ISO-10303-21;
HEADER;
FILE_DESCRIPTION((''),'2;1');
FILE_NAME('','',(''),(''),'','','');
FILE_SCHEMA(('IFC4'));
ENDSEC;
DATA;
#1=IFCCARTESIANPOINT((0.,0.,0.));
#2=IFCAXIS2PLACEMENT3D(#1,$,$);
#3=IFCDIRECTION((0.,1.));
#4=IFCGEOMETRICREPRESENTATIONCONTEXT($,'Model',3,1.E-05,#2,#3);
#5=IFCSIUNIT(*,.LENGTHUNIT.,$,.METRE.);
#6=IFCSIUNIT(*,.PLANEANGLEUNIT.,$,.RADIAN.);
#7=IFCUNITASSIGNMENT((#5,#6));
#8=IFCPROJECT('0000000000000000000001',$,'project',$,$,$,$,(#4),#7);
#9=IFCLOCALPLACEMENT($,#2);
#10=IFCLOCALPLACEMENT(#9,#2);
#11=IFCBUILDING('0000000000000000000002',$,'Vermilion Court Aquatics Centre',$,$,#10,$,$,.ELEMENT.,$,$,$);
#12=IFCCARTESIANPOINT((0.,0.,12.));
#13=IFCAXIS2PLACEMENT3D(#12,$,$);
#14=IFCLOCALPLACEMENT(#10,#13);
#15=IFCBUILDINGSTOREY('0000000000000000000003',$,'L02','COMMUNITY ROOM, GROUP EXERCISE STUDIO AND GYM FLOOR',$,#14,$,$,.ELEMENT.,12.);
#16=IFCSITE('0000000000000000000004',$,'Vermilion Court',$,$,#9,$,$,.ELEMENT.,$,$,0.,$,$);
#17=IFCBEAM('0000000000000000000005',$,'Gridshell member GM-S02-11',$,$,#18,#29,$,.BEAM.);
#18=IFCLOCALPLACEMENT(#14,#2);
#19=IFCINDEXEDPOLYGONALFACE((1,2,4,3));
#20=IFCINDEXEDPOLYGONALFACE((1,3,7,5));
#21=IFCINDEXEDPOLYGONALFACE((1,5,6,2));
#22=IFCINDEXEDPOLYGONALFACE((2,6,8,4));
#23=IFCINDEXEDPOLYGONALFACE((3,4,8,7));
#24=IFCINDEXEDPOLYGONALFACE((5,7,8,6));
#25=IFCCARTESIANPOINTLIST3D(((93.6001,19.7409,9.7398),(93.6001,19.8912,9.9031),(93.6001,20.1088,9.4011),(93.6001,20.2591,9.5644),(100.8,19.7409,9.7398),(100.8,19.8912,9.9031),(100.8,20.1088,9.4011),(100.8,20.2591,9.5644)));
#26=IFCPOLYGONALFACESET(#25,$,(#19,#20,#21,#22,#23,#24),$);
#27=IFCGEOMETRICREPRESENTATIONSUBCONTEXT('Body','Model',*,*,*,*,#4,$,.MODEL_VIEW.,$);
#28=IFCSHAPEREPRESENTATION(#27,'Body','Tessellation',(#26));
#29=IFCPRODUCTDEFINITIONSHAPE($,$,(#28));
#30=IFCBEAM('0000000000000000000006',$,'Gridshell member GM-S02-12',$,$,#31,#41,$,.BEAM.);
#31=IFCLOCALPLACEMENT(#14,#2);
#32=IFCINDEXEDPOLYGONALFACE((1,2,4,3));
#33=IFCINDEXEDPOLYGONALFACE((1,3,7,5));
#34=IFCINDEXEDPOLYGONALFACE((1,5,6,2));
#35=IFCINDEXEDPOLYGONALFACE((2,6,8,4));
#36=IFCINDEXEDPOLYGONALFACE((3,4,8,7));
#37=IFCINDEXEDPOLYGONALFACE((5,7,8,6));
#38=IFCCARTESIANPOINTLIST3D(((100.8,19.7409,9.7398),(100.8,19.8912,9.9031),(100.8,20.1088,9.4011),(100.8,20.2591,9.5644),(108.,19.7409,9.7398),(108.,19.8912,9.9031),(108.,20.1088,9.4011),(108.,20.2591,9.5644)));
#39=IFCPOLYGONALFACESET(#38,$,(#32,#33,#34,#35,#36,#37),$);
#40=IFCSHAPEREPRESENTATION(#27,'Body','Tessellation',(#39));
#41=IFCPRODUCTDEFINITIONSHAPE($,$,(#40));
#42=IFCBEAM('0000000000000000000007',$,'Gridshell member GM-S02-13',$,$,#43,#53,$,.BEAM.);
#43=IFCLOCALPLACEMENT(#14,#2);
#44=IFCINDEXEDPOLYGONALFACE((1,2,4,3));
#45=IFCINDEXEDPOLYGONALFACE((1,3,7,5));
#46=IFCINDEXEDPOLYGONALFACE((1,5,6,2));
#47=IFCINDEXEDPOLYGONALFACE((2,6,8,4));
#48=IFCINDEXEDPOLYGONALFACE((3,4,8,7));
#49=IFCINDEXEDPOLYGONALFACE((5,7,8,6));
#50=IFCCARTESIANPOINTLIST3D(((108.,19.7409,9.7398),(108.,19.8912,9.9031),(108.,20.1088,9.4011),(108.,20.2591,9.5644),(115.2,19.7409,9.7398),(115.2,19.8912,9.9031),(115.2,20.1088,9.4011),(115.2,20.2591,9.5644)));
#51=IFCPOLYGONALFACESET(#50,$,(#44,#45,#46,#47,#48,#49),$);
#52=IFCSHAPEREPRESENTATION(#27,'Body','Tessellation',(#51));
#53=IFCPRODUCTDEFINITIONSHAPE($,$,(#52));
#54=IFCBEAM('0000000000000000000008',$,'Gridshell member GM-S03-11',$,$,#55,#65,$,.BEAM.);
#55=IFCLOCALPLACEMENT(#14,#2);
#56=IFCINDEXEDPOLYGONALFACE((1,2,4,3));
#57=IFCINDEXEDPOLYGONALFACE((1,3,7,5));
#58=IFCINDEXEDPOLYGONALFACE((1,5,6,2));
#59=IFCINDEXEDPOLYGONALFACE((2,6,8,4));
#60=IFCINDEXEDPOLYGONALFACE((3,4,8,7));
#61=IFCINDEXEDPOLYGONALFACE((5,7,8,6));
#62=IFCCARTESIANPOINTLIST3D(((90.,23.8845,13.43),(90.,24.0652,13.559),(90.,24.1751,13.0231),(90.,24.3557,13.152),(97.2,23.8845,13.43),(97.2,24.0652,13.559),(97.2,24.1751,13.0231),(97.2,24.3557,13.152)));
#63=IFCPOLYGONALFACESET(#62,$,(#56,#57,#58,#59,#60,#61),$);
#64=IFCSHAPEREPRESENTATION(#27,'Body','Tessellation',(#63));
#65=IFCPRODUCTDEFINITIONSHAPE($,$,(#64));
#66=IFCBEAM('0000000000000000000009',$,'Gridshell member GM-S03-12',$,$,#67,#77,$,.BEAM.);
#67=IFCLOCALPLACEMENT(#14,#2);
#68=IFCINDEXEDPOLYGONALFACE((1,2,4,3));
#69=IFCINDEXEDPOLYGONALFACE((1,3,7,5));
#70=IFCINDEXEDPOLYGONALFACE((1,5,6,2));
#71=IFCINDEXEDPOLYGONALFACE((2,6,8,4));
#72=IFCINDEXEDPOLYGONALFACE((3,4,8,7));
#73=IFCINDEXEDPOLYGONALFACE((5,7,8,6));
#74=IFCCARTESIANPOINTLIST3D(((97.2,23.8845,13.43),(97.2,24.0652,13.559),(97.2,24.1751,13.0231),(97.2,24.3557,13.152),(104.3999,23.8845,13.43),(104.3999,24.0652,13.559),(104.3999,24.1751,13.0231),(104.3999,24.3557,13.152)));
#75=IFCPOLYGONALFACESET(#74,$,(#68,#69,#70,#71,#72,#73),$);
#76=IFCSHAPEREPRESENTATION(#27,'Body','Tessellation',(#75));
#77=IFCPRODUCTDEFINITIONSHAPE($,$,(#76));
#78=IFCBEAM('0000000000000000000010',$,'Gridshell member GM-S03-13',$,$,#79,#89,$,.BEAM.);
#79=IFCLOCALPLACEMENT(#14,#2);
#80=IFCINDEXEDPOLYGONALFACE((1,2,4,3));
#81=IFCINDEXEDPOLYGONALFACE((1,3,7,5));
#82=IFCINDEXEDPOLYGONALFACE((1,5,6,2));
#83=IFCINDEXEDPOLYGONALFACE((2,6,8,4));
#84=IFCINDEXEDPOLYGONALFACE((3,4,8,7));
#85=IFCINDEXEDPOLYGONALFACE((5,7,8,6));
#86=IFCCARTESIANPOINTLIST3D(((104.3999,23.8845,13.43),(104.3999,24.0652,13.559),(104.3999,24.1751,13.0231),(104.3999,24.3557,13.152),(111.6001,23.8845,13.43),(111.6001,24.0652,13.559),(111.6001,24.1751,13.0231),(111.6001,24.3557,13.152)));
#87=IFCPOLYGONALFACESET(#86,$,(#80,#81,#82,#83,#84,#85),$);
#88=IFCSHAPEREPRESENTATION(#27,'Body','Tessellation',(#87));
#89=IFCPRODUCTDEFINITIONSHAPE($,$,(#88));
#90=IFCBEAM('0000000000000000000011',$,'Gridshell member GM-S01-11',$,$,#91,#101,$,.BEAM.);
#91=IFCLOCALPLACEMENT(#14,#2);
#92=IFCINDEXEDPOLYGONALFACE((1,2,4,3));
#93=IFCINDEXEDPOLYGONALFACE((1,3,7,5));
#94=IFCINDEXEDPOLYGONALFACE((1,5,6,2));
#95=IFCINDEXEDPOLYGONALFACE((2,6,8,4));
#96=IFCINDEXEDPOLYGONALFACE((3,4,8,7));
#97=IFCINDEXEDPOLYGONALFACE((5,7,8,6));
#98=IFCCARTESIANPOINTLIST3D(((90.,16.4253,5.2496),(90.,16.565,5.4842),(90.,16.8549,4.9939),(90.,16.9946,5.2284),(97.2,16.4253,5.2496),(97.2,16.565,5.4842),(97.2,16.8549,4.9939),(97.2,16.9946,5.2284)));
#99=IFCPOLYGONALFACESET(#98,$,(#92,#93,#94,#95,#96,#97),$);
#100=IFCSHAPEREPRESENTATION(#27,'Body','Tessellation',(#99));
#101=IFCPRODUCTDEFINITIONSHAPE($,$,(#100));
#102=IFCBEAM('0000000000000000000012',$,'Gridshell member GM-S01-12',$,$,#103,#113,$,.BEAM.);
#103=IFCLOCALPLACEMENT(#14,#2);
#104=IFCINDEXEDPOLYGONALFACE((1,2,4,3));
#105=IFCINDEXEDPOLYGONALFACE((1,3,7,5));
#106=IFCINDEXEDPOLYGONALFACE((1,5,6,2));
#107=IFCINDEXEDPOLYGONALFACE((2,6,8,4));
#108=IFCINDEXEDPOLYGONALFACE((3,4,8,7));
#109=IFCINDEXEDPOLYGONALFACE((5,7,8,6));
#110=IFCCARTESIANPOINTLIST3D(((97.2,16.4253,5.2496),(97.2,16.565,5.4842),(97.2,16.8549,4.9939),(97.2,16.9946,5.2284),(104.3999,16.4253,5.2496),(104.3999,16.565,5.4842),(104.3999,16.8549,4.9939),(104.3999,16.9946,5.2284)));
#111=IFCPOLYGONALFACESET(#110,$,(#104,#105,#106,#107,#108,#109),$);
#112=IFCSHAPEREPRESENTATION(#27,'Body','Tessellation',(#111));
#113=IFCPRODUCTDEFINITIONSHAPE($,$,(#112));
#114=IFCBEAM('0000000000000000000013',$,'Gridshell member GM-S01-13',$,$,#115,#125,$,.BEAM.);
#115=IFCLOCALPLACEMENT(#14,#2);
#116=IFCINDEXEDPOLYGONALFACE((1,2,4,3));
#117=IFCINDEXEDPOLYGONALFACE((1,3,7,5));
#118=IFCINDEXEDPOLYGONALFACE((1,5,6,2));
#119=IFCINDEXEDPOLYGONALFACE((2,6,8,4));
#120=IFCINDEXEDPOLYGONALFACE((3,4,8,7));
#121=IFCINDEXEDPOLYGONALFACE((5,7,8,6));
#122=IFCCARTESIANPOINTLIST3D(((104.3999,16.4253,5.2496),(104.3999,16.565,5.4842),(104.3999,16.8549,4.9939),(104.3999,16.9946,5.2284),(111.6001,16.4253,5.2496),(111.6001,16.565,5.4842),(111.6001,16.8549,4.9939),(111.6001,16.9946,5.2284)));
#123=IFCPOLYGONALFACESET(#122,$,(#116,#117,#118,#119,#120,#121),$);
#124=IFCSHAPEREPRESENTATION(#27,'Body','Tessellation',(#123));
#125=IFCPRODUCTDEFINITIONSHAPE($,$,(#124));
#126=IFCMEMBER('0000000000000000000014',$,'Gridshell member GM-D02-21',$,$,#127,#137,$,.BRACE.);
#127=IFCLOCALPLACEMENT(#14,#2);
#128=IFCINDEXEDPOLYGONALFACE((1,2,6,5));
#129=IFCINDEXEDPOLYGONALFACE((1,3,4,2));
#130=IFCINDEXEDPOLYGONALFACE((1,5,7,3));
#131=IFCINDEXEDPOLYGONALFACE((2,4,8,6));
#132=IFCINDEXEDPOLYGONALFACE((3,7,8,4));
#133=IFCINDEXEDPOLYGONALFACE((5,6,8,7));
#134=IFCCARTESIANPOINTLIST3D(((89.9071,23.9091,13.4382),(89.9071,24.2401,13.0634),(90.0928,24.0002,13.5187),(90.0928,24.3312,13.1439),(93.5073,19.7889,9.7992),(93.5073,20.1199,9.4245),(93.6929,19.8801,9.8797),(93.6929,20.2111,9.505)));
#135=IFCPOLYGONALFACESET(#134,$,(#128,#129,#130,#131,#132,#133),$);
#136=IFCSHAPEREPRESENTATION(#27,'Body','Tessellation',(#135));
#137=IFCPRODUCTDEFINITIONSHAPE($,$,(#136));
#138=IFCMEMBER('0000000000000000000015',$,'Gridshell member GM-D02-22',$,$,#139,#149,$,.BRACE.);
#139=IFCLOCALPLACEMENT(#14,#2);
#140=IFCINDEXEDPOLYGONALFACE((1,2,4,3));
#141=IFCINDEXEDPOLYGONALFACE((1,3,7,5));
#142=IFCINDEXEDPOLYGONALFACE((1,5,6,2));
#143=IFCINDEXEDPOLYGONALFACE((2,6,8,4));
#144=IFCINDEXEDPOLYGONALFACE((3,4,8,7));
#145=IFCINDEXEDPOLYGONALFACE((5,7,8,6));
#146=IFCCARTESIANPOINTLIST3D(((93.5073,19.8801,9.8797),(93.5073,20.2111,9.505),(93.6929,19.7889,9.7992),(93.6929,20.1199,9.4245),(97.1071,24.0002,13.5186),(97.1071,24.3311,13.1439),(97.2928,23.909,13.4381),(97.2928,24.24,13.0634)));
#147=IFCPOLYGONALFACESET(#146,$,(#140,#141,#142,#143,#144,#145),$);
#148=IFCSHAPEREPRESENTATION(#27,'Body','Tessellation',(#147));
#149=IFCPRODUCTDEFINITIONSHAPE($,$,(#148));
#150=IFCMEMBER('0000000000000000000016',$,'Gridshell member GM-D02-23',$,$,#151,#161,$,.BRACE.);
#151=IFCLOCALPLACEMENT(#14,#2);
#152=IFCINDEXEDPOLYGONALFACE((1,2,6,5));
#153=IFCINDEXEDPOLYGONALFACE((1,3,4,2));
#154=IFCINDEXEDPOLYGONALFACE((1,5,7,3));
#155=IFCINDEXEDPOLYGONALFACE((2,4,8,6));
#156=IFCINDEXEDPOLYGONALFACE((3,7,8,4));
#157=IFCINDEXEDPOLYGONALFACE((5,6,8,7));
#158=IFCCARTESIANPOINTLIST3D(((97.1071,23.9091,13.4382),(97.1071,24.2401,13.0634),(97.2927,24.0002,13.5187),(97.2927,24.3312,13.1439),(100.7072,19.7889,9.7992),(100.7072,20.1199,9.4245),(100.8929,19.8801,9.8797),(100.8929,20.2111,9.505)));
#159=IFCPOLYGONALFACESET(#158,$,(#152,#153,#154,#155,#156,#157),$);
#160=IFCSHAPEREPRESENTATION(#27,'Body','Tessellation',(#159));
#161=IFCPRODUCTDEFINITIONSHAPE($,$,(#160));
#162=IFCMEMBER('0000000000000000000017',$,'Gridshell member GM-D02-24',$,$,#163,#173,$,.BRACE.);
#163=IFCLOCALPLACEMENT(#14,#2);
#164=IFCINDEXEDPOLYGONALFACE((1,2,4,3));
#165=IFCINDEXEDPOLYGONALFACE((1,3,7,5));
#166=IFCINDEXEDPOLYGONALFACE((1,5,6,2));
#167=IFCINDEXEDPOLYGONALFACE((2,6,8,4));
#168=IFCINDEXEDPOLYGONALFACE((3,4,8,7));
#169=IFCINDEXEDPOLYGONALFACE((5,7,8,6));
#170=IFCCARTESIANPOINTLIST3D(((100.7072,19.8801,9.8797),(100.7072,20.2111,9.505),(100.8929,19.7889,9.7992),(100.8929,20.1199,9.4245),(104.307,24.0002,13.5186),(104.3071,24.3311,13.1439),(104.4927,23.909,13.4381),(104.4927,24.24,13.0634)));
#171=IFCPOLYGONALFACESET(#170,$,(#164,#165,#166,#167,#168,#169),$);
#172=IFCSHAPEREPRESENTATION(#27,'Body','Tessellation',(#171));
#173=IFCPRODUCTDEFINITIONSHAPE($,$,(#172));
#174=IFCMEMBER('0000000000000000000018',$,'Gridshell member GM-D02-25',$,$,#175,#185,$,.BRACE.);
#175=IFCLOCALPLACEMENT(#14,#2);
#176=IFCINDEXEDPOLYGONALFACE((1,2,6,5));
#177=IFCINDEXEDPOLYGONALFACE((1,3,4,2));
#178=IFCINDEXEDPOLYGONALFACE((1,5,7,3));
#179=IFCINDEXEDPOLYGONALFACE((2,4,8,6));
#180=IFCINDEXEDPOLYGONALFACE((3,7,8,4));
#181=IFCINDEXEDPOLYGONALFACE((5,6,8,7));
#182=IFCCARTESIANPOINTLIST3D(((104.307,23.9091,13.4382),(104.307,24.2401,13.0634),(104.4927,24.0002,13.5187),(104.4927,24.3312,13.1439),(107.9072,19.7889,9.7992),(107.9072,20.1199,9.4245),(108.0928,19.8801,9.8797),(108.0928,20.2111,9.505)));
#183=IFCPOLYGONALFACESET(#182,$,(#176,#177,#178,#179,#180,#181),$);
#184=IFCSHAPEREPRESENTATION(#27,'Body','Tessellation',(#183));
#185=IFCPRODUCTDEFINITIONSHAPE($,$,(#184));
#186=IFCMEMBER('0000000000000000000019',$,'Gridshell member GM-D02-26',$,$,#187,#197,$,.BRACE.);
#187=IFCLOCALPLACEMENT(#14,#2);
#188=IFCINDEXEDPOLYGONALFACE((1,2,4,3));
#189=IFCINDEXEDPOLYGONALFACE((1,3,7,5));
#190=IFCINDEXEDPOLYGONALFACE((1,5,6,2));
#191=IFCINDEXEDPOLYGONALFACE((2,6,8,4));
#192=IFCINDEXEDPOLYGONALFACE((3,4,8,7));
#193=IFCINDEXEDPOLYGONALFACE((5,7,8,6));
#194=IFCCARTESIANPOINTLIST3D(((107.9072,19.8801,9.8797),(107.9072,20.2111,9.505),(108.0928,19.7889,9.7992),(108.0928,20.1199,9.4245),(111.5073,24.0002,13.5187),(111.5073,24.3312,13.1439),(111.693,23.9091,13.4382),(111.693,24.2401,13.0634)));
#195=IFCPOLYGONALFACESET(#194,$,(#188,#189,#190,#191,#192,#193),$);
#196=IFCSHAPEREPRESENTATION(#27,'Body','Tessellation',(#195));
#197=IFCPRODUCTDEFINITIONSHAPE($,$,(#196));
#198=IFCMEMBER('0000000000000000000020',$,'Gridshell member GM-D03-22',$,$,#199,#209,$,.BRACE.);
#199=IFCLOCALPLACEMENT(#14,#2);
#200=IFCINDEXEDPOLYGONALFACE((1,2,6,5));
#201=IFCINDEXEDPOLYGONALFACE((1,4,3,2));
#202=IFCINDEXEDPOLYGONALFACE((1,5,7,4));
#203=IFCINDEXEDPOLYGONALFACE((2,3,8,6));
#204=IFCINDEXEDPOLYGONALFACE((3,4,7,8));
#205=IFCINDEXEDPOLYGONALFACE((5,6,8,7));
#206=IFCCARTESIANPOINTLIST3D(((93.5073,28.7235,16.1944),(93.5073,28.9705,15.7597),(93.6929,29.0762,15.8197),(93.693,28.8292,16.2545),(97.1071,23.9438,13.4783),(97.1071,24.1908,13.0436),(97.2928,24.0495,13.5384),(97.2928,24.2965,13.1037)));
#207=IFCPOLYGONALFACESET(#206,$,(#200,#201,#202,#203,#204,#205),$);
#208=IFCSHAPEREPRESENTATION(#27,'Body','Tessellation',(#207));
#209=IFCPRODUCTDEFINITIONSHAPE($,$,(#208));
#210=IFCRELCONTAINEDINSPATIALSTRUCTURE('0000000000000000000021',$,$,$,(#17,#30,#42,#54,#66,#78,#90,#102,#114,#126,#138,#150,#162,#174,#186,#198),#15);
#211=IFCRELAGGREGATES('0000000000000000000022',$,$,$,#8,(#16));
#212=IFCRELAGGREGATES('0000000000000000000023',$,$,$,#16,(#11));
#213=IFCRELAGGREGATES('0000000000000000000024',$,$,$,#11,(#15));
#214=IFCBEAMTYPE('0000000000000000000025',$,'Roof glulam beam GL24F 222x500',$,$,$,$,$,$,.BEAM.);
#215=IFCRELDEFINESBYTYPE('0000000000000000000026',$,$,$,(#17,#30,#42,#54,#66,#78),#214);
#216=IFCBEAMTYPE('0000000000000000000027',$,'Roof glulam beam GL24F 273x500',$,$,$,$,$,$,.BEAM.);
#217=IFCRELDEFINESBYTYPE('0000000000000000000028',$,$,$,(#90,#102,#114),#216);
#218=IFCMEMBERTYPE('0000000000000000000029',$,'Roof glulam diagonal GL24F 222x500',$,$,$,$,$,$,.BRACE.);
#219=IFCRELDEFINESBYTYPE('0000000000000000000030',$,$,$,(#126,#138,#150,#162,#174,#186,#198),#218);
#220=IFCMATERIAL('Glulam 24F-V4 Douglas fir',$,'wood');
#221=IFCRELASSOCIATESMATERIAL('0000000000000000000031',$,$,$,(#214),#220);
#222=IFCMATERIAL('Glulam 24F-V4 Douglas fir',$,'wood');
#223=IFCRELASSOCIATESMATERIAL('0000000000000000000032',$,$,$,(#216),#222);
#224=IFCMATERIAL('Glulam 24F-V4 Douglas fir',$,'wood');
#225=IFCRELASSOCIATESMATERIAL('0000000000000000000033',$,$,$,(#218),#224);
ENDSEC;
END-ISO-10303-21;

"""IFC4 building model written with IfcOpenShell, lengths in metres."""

from ifc_helpers import new_model, si_unit, direction, frame, origin, origin_2d, place, context, subcontext, project, spatial, rectangle, extrude, material, material_profile, profile_set, type_object, element, save


model = new_model("IFC4")

# Units and contexts
model_context = context("Model", 3, precision=1e-05, world=origin(), true_north=direction((0.0, 1.0)))
body_context = subcontext(model_context, "Body", "Model", "MODEL_VIEW")
ifc_project = project(units=[si_unit("LENGTHUNIT", "METRE"), si_unit("PLANEANGLEUNIT", "RADIAN")], contexts=[model_context])

# Site, building, storey
site_placement = place(None, origin())
site = spatial("IfcSite", under=ifc_project, at=site_placement, Name="Vermilion Court", CompositionType="ELEMENT", RefElevation=0.0)
building_placement = place(site_placement, origin())
building = spatial("IfcBuilding", under=site, at=building_placement, Name="Vermilion Court Aquatics Centre", CompositionType="ELEMENT")
storey_placement = place(building_placement, frame((0.0, 0.0, 12.0)))
storey = spatial("IfcBuildingStorey", under=building, at=storey_placement, Name="L02", Description="COMMUNITY ROOM, GROUP EXERCISE STUDIO AND GYM FLOOR", CompositionType="ELEMENT", Elevation=12.0)

# Beams
ifc_material_1 = material(Name="Glulam 24F-V4 Douglas fir", Category="wood")
ifc_material_profile_1 = material_profile(ifc_material_1, rectangle(XDim=0.2219, YDim=0.5, at=origin_2d()), Name="GL24F 222x500")
ifc_profile_set_1 = profile_set([ifc_material_profile_1], Name="Glulam 24F-V4 Douglas fir")
beam_type_1 = type_object("IfcBeamType", Name="Roof glulam beam GL24F 222x500", PredefinedType="BEAM", material=ifc_profile_set_1)
for number, where, z_axis, x_axis, name in (
    (1, (93.6001, 20.0, 9.6521), (1.0, 0.0, 0.0), (0.0, 0.67726, 0.735744), "Gridshell member GM-S02-11"),
    (2, (100.8, 20.0, 9.6521), (1.0, 0.0, 0.0), (0.0, 0.67726, 0.735744), "Gridshell member GM-S02-12"),
    (3, (108.0, 20.0, 9.6521), (1.0, 0.0, 0.0), (0.0, 0.67726, 0.735744), "Gridshell member GM-S02-13"),
    (4, (90.0, 24.1201, 13.291), (1.0, 0.0, 0.0), (0.0, 0.813848, 0.581078), "Gridshell member GM-S03-11"),
    (5, (97.2, 24.1201, 13.291), (1.0, 0.0, 0.0), (0.0, 0.813848, 0.581078), "Gridshell member GM-S03-12"),
):
    element("IfcBeam", number, at=place(storey_placement, frame(where, z_axis=z_axis, x_axis=x_axis)), inside=storey, type_object=beam_type_1, Name=name, PredefinedType="BEAM", context=body_context, shape_type="SweptSolid", body=[
        extrude(rectangle(XDim=0.2219, YDim=0.5, at=origin_2d()), origin(), (0.0, 0.0, 1.0), 7.2),
    ])
beam_1_placement = place(storey_placement, frame((104.3999, 24.1201, 13.291), z_axis=(1.0, 0.0, 0.0), x_axis=(0.0, 0.813848, 0.581078)))
element("IfcBeam", 6, at=beam_1_placement, inside=storey, type_object=beam_type_1, Name="Gridshell member GM-S03-13", PredefinedType="BEAM", context=body_context, shape_type="SweptSolid", body=[
    extrude(rectangle(XDim=0.2219, YDim=0.5, at=origin_2d()), origin(), (0.0, 0.0, 1.0), 7.2002),
])
ifc_material_2 = material(Name="Glulam 24F-V4 Douglas fir", Category="wood")
ifc_material_profile_2 = material_profile(ifc_material_2, rectangle(XDim=0.2729, YDim=0.5, at=origin_2d()), Name="GL24F 273x500")
ifc_profile_set_2 = profile_set([ifc_material_profile_2], Name="Glulam 24F-V4 Douglas fir")
beam_type_2 = type_object("IfcBeamType", Name="Roof glulam beam GL24F 273x500", PredefinedType="BEAM", material=ifc_profile_set_2)
for number, where, z_axis, x_axis, name in (
    (7, (90.0, 16.71, 5.239), (1.0, 0.0, 0.0), (0.0, 0.511595, 0.859227), "Gridshell member GM-S01-11"),
    (8, (97.2, 16.71, 5.239), (1.0, 0.0, 0.0), (0.0, 0.511595, 0.859227), "Gridshell member GM-S01-12"),
):
    element("IfcBeam", number, at=place(storey_placement, frame(where, z_axis=z_axis, x_axis=x_axis)), inside=storey, type_object=beam_type_2, Name=name, PredefinedType="BEAM", context=body_context, shape_type="SweptSolid", body=[
        extrude(rectangle(XDim=0.2729, YDim=0.5, at=origin_2d()), origin(), (0.0, 0.0, 1.0), 7.2),
    ])
beam_2_placement = place(storey_placement, frame((104.3999, 16.71, 5.239), z_axis=(1.0, 0.0, 0.0), x_axis=(0.0, 0.511595, 0.859227)))
element("IfcBeam", 9, at=beam_2_placement, inside=storey, type_object=beam_type_2, Name="Gridshell member GM-S01-13", PredefinedType="BEAM", context=body_context, shape_type="SweptSolid", body=[
    extrude(rectangle(XDim=0.2729, YDim=0.5, at=origin_2d()), origin(), (0.0, 0.0, 1.0), 7.2002),
])

# Members
ifc_material_3 = material(Name="Glulam 24F-V4 Douglas fir", Category="wood")
ifc_material_profile_3 = material_profile(ifc_material_3, rectangle(XDim=0.2219, YDim=0.5, at=origin_2d()), Name="GL24F 222x500")
ifc_profile_set_3 = profile_set([ifc_material_profile_3], Name="Glulam 24F-V4 Douglas fir")
member_type_1 = type_object("IfcMemberType", Name="Roof glulam diagonal GL24F 222x500", PredefinedType="BRACE", material=ifc_profile_set_3)
member_1_placement = place(storey_placement, frame((93.6001, 20.0, 9.6521), z_axis=(-0.547878, 0.627017, 0.553786), x_axis=(-0.836558, -0.410664, -0.362664)))
element("IfcMember", 10, at=member_1_placement, inside=storey, type_object=member_type_1, Name="Gridshell member GM-D02-21", PredefinedType="BRACE", context=body_context, shape_type="SweptSolid", body=[
    extrude(rectangle(XDim=0.2219, YDim=0.5, at=origin_2d()), origin(), (0.0, 0.0, 1.0), 6.571),
])
member_2_placement = place(storey_placement, frame((93.6001, 20.0, 9.6521), z_axis=(0.547852, 0.62703, 0.553797), x_axis=(-0.836575, 0.410632, 0.362661)))
element("IfcMember", 11, at=member_2_placement, inside=storey, type_object=member_type_1, Name="Gridshell member GM-D02-22", PredefinedType="BRACE", context=body_context, shape_type="SweptSolid", body=[
    extrude(rectangle(XDim=0.2219, YDim=0.5, at=origin_2d()), origin(), (0.0, 0.0, 1.0), 6.5708),
])
member_3_placement = place(storey_placement, frame((100.8, 20.0, 9.6521), z_axis=(-0.547878, 0.627017, 0.553786), x_axis=(-0.836558, -0.410664, -0.362664)))
element("IfcMember", 12, at=member_3_placement, inside=storey, type_object=member_type_1, Name="Gridshell member GM-D02-23", PredefinedType="BRACE", context=body_context, shape_type="SweptSolid", body=[
    extrude(rectangle(XDim=0.2219, YDim=0.5, at=origin_2d()), origin(), (0.0, 0.0, 1.0), 6.571),
])
member_4_placement = place(storey_placement, frame((100.8, 20.0, 9.6521), z_axis=(0.547852, 0.62703, 0.553797), x_axis=(-0.836575, 0.410632, 0.362661)))
element("IfcMember", 13, at=member_4_placement, inside=storey, type_object=member_type_1, Name="Gridshell member GM-D02-24", PredefinedType="BRACE", context=body_context, shape_type="SweptSolid", body=[
    extrude(rectangle(XDim=0.2219, YDim=0.5, at=origin_2d()), origin(), (0.0, 0.0, 1.0), 6.5708),
])
for number, where, z_axis, x_axis, name in (
    (14, (108.0, 20.0, 9.6521), (-0.547878, 0.627017, 0.553786), (-0.836558, -0.410664, -0.362664), "Gridshell member GM-D02-25"),
    (15, (108.0, 20.0, 9.6521), (0.547878, 0.627017, 0.553786), (-0.836558, 0.410664, 0.362664), "Gridshell member GM-D02-26"),
):
    element("IfcMember", number, at=place(storey_placement, frame(where, z_axis=z_axis, x_axis=x_axis)), inside=storey, type_object=member_type_1, Name=name, PredefinedType="BRACE", context=body_context, shape_type="SweptSolid", body=[
        extrude(rectangle(XDim=0.2219, YDim=0.5, at=origin_2d()), origin(), (0.0, 0.0, 1.0), 6.571),
    ])
member_5_placement = place(storey_placement, frame((97.2, 24.1201, 13.291), z_axis=(-0.547813, 0.72737, 0.413321), x_axis=(-0.836601, -0.476303, -0.270618)))
element("IfcMember", 16, at=member_5_placement, inside=storey, type_object=member_type_1, Name="Gridshell member GM-D03-22", PredefinedType="BRACE", context=body_context, shape_type="SweptSolid", body=[
    extrude(rectangle(XDim=0.2219, YDim=0.5, at=origin_2d()), origin(), (0.0, 0.0, 1.0), 6.5713),
])

save(model, "model.ifc")
